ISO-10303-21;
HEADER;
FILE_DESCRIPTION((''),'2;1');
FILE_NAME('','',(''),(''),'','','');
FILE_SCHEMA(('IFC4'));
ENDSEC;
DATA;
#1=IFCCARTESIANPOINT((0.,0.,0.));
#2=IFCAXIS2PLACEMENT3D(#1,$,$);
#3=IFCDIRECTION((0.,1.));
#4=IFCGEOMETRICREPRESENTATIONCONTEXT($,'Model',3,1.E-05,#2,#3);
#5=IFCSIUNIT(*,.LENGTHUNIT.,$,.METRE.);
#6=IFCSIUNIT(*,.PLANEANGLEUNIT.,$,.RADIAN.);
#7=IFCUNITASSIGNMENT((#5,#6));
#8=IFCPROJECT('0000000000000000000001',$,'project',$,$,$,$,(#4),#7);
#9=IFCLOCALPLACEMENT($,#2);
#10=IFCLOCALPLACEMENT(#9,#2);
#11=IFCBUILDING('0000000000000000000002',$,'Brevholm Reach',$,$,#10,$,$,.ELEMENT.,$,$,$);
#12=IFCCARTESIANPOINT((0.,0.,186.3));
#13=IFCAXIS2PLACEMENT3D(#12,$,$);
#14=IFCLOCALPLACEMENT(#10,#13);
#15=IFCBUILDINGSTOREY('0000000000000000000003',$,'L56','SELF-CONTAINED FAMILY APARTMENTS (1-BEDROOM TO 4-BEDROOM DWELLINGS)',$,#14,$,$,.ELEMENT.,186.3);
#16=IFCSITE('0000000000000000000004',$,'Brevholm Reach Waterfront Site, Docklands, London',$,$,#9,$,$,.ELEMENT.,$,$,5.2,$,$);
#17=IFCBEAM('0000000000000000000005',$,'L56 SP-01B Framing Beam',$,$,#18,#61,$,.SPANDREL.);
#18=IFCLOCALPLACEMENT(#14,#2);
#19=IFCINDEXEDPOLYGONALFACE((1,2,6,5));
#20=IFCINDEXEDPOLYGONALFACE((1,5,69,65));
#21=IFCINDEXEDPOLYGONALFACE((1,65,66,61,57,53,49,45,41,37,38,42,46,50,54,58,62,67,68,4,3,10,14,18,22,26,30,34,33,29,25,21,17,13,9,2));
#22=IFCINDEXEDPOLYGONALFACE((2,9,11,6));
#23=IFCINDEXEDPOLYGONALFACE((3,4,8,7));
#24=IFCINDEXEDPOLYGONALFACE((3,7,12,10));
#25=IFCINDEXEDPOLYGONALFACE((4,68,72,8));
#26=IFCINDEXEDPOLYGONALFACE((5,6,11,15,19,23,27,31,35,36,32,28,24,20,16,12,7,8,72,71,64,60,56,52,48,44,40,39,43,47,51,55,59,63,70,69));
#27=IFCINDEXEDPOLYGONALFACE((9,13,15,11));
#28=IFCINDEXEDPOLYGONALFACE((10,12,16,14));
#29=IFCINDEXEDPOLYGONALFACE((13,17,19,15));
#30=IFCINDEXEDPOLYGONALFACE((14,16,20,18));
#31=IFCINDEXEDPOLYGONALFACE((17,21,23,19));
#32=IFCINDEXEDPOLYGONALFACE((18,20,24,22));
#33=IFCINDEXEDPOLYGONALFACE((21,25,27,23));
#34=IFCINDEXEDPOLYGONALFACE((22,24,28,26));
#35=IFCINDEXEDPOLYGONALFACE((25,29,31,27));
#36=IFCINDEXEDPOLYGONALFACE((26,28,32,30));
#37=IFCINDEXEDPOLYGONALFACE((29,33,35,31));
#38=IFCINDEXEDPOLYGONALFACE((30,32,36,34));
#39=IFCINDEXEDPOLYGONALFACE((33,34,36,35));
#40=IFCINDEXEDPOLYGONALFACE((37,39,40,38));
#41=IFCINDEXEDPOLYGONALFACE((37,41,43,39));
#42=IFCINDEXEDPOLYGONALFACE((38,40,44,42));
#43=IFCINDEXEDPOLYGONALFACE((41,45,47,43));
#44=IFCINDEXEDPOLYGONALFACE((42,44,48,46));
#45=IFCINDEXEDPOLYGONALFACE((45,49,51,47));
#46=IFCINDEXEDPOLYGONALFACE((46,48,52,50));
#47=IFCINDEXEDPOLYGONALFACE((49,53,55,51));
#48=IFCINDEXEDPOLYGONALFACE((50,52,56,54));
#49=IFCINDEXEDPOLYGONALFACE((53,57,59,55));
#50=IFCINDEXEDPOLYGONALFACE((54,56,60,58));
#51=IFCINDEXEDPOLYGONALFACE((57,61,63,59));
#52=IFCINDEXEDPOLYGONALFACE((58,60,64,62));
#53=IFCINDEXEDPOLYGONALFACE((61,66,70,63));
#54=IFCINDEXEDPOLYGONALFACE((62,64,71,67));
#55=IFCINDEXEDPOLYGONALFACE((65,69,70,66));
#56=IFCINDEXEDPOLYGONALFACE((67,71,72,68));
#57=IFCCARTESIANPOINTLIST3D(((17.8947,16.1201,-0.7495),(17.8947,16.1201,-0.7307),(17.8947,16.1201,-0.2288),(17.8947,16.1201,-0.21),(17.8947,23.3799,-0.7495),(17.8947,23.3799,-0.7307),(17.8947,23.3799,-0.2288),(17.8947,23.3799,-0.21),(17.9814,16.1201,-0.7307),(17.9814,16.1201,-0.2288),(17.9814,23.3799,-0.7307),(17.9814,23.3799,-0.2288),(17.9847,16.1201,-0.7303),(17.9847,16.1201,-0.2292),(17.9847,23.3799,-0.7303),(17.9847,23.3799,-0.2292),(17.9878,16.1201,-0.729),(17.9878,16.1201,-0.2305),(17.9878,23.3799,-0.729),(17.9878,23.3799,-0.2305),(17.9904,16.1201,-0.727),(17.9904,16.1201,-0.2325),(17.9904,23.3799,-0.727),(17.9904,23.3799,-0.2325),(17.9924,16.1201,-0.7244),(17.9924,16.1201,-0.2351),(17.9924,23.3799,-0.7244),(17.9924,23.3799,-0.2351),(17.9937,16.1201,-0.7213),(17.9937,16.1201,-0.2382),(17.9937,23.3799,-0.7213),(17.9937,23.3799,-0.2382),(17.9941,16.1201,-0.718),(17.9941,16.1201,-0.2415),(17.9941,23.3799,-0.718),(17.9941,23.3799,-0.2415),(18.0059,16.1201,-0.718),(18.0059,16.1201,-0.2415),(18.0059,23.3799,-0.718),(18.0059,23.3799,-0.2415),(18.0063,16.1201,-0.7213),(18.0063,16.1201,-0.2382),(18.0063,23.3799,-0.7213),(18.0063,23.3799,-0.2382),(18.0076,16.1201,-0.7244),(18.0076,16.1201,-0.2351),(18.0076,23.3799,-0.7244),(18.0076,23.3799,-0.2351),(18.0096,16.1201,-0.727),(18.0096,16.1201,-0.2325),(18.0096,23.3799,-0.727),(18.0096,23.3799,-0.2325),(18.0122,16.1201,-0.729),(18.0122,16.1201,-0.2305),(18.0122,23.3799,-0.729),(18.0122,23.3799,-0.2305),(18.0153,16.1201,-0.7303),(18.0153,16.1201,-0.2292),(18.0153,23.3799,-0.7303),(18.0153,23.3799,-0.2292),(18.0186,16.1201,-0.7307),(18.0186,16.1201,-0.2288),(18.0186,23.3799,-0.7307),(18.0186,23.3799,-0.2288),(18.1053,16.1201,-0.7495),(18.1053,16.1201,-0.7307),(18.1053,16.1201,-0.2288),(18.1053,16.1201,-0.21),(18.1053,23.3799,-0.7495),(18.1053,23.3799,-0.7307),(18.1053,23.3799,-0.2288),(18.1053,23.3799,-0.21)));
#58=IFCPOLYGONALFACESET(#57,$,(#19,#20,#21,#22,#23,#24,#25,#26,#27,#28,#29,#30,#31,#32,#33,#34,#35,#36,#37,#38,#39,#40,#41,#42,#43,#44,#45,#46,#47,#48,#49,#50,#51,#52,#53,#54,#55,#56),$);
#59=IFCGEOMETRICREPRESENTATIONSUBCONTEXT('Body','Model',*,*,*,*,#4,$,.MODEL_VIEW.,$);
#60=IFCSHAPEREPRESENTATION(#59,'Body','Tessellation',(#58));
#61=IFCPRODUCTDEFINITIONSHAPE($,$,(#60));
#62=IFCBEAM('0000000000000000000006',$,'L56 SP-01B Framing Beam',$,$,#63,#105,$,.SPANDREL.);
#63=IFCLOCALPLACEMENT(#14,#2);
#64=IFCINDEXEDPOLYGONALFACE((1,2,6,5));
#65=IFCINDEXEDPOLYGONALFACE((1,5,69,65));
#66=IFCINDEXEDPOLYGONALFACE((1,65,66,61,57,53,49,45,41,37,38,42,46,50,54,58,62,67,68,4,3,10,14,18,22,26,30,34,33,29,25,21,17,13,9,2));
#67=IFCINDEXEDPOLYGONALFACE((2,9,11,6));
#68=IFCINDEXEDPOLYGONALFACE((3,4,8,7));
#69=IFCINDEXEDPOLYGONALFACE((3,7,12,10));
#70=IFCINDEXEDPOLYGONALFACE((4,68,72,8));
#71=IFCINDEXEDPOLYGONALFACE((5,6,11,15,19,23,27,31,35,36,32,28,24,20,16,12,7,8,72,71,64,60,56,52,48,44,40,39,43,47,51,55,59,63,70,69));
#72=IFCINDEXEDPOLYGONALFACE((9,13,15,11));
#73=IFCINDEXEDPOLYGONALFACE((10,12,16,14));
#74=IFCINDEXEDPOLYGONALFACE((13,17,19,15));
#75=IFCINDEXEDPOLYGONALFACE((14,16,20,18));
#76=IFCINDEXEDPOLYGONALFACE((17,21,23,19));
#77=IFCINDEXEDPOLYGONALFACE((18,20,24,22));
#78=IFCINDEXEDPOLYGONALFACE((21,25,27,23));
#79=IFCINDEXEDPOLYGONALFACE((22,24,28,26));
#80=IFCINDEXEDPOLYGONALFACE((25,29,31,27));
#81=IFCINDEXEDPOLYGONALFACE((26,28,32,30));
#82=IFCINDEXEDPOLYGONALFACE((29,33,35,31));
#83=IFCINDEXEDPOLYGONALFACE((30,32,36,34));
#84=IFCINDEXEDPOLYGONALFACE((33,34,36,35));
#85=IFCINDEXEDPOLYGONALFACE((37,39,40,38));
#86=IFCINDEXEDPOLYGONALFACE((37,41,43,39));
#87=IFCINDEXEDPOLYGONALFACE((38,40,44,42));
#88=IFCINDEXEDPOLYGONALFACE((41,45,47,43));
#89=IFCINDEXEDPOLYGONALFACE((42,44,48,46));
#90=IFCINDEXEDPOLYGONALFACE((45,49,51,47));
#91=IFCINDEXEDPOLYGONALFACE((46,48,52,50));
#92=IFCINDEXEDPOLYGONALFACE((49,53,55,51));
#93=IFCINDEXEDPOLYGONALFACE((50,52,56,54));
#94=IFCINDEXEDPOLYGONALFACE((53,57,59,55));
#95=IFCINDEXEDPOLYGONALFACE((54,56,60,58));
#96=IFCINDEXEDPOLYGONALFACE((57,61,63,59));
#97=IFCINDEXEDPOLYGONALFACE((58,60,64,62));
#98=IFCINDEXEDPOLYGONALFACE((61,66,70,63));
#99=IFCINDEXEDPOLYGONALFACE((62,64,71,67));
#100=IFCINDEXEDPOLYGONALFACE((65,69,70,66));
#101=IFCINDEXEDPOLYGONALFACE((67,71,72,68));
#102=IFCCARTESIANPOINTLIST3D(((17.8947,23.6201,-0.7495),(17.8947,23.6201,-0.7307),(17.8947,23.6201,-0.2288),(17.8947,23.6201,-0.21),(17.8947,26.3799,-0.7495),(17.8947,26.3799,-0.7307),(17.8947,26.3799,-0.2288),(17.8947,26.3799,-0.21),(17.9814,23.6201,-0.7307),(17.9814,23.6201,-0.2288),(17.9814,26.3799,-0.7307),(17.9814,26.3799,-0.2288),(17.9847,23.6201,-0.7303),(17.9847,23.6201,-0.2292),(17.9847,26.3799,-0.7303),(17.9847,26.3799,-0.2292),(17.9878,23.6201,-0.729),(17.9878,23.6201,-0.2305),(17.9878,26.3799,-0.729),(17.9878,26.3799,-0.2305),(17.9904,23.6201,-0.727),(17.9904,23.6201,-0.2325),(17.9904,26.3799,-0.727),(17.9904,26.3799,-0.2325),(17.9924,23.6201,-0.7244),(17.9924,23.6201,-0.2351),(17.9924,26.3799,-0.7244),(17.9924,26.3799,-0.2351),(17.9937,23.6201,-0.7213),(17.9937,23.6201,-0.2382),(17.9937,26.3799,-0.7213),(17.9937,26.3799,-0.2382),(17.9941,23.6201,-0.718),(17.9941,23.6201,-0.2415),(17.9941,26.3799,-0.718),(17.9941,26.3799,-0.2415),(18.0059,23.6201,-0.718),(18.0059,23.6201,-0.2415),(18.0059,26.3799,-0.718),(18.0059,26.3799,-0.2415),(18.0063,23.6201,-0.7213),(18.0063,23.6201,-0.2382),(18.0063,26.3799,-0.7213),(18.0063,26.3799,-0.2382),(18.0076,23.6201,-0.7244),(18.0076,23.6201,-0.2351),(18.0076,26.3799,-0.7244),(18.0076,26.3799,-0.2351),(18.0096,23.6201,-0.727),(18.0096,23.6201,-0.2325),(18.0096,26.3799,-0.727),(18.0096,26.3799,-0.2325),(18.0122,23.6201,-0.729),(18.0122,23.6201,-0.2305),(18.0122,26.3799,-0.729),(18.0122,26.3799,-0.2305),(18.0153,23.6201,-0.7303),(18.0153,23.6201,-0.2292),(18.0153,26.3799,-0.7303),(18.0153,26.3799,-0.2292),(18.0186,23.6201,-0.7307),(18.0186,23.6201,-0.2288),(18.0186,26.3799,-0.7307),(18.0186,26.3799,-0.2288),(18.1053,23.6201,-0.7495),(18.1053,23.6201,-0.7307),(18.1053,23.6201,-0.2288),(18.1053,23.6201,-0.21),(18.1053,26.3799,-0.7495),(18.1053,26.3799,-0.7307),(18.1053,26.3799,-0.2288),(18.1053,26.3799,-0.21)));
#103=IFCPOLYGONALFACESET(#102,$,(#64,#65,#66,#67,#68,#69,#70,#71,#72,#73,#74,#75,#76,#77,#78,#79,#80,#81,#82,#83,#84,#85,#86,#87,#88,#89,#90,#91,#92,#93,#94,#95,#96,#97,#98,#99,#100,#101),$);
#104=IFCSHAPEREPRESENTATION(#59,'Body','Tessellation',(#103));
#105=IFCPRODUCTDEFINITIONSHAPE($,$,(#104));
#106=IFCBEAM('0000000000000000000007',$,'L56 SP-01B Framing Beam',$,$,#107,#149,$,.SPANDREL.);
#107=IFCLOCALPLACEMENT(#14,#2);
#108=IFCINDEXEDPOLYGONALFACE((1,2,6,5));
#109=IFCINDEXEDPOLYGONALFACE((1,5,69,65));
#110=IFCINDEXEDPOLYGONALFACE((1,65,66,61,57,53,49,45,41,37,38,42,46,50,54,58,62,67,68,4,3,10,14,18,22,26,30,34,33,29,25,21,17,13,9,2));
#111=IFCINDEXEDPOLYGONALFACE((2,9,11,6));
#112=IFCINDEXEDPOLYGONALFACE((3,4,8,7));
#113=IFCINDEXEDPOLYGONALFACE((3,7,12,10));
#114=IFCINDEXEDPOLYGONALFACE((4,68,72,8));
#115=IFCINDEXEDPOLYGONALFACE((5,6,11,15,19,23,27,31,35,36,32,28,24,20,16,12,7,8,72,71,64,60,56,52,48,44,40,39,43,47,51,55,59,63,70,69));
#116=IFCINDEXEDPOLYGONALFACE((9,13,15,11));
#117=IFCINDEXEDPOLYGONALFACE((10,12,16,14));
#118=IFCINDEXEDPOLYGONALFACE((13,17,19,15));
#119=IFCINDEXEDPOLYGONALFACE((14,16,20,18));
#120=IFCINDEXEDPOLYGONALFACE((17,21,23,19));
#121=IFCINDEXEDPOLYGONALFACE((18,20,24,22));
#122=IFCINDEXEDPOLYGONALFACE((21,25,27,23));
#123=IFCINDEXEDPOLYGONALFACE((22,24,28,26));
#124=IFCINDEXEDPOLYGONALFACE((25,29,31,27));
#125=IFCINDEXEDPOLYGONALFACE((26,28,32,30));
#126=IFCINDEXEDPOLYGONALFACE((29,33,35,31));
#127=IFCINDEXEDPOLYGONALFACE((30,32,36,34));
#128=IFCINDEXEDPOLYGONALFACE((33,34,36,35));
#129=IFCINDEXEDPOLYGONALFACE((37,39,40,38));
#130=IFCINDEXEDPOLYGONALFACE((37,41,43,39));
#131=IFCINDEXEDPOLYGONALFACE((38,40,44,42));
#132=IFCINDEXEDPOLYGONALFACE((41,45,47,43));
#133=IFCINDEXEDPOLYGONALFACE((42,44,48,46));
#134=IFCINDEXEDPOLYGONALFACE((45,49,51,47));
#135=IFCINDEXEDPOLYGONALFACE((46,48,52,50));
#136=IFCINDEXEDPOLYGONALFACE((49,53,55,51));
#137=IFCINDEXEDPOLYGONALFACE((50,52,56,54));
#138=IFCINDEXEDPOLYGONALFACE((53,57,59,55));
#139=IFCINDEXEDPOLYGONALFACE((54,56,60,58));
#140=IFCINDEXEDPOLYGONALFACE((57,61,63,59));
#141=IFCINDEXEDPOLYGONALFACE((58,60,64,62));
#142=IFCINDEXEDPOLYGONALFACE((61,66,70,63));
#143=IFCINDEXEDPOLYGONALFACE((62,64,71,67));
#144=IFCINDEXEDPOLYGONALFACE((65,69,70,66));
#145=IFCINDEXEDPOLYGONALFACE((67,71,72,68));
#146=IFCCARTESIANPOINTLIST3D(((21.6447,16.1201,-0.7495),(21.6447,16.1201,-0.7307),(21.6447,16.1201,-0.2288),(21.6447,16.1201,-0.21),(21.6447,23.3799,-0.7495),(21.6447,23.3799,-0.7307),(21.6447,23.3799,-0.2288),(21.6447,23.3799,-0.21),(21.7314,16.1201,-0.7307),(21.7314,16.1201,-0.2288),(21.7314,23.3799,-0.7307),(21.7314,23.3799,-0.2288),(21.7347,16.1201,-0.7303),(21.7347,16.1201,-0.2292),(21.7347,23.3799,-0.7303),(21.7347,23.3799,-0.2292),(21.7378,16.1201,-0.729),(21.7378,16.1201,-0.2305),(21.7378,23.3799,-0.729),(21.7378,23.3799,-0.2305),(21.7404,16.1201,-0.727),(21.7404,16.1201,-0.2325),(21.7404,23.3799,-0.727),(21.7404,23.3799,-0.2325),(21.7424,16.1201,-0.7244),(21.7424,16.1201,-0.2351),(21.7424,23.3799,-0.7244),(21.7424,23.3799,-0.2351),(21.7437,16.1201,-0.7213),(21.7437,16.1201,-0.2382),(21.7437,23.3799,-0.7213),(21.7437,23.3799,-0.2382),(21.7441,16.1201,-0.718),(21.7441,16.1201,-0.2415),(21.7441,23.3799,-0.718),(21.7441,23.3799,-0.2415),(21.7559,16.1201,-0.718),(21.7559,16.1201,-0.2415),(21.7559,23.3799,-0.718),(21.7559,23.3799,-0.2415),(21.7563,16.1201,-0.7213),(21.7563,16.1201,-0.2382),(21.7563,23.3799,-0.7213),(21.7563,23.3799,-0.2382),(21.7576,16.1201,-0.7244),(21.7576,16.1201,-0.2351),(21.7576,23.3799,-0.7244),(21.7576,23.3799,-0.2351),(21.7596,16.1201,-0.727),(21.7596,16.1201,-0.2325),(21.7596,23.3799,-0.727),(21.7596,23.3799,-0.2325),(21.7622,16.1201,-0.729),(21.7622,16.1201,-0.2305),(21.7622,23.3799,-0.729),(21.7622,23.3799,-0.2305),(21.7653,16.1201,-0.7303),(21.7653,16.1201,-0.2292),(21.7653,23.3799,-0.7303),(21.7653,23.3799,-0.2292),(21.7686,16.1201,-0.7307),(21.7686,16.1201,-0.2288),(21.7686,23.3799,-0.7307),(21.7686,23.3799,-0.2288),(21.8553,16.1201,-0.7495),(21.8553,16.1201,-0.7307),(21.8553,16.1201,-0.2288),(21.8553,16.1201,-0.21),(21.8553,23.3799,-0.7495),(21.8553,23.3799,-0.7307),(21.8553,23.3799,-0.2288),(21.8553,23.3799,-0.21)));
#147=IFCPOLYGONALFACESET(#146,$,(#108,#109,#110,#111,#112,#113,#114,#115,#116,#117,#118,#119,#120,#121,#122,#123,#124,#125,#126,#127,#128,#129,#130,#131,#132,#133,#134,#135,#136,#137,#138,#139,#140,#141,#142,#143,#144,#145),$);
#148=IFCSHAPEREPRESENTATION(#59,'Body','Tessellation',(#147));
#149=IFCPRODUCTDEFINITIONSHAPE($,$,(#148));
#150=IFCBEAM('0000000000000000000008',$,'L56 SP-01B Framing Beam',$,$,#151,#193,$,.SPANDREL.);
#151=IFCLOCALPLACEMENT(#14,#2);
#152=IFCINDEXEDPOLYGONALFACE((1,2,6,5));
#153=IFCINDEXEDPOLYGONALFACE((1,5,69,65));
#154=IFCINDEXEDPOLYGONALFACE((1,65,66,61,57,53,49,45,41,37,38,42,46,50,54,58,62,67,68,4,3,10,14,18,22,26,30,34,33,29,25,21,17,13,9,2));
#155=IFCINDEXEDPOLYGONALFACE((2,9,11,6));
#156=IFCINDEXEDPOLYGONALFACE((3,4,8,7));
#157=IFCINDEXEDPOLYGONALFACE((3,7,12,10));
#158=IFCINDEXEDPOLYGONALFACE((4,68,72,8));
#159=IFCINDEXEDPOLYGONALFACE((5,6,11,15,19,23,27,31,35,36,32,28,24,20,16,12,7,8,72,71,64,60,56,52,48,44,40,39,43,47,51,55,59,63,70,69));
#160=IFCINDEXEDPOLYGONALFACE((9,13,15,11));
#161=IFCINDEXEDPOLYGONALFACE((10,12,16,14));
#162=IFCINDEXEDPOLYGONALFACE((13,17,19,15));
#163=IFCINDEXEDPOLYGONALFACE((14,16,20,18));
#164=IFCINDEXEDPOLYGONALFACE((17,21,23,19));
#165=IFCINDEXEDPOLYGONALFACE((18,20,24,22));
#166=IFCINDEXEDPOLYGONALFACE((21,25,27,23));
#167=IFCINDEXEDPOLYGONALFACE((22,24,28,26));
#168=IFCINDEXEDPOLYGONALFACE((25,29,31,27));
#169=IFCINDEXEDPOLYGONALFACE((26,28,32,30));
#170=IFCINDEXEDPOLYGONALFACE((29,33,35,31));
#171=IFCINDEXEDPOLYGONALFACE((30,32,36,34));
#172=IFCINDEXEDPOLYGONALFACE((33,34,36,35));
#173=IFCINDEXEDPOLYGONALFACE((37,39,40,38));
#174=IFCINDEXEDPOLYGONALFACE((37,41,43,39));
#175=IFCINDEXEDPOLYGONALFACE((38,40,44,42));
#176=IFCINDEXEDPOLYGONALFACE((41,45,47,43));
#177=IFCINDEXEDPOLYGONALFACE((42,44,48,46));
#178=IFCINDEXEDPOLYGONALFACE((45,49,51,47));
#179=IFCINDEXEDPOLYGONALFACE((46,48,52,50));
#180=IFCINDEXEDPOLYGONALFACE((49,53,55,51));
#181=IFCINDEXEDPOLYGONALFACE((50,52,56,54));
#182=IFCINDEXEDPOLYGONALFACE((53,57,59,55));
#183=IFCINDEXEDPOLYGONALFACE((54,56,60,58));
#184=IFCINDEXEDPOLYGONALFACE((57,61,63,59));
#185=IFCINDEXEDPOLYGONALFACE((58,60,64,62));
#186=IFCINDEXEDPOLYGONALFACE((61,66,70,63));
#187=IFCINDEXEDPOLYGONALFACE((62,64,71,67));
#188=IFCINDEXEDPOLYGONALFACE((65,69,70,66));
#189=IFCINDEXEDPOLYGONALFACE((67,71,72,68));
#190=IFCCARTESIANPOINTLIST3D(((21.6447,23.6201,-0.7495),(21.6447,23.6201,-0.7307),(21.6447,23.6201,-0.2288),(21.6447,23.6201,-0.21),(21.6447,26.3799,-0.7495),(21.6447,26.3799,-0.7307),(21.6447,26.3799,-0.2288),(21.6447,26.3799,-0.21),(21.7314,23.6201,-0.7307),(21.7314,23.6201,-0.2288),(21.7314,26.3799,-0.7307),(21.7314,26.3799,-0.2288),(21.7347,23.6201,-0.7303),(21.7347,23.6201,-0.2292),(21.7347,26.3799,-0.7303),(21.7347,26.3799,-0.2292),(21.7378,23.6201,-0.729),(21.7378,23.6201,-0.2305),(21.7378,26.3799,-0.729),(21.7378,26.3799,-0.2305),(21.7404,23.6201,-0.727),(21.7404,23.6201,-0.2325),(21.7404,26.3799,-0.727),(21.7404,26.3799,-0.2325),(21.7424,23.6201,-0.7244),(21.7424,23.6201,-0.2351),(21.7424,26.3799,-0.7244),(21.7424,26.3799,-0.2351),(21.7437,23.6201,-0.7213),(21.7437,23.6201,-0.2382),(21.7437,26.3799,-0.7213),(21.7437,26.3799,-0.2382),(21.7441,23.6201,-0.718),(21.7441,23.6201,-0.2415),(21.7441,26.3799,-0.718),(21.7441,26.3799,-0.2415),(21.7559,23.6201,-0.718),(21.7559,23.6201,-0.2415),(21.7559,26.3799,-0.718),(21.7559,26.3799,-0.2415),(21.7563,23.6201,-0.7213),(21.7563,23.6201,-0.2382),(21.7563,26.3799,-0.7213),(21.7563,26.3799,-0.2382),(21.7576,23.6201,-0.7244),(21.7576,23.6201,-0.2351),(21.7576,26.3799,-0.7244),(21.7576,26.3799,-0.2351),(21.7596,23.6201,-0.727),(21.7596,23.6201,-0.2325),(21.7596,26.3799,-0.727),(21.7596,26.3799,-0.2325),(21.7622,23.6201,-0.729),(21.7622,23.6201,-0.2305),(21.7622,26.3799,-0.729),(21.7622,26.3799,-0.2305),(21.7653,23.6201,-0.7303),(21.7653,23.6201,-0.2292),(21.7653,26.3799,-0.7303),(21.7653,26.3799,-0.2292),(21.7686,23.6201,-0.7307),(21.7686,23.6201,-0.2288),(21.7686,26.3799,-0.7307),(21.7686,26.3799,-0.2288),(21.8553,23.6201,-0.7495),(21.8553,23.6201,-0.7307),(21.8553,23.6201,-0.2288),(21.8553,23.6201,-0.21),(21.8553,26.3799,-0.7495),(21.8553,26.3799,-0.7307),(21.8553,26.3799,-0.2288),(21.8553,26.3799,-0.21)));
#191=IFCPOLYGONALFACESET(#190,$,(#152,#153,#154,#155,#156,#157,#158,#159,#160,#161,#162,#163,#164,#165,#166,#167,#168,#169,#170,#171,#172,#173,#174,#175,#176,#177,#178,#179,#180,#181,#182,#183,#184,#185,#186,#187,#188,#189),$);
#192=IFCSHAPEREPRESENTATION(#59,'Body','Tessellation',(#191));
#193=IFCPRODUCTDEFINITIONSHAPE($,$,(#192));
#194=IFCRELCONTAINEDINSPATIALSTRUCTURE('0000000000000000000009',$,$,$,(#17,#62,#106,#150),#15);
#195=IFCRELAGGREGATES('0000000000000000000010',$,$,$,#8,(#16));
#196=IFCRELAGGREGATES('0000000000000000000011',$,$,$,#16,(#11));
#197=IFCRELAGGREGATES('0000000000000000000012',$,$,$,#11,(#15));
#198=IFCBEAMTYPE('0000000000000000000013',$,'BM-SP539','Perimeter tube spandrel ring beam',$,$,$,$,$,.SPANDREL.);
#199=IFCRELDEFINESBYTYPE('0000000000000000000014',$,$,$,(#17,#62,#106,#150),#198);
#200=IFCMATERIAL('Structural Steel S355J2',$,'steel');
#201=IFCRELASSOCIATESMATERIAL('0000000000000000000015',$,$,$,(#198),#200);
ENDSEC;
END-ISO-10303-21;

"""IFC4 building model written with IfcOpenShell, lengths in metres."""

from ifc_helpers import new_model, si_unit, direction, frame, origin, origin_2d, place, context, subcontext, project, spatial, i_section, extrude, material, material_profile, profile_set, type_object, element, save


model = new_model("IFC4")

# Units and contexts
model_context = context("Model", 3, precision=1e-05, world=origin(), true_north=direction((0.0, 1.0)))
body_context = subcontext(model_context, "Body", "Model", "MODEL_VIEW")
ifc_project = project(units=[si_unit("LENGTHUNIT", "METRE"), si_unit("PLANEANGLEUNIT", "RADIAN")], contexts=[model_context])

# Site, building, storey
site_placement = place(None, origin())
site = spatial("IfcSite", under=ifc_project, at=site_placement, Name="Brevholm Reach Waterfront Site, Docklands, London", CompositionType="ELEMENT", RefElevation=5.2)
building_placement = place(site_placement, origin())
building = spatial("IfcBuilding", under=site, at=building_placement, Name="Brevholm Reach", CompositionType="ELEMENT")
storey_placement = place(building_placement, frame((0.0, 0.0, 186.3)))
storey = spatial("IfcBuildingStorey", under=building, at=storey_placement, Name="L56", Description="SELF-CONTAINED FAMILY APARTMENTS (1-BEDROOM TO 4-BEDROOM DWELLINGS)", CompositionType="ELEMENT", Elevation=186.3)

# Beams
ifc_material_1 = material(Name="Structural Steel S355J2", Category="steel")
ifc_material_profile_1 = material_profile(ifc_material_1, i_section(OverallWidth=0.2107, OverallDepth=0.5396, WebThickness=0.0117, FlangeThickness=0.0188, FilletRadius=0.0127, at=origin_2d()), Name="UKB 533x210x109")
ifc_profile_set_1 = profile_set([ifc_material_profile_1], Name="Structural Steel S355J2")
beam_type_1 = type_object("IfcBeamType", Name="BM-SP539", Description="Perimeter tube spandrel ring beam", PredefinedType="SPANDREL", material=ifc_profile_set_1)
beam_1_placement = place(storey_placement, frame((18.0, 16.1201, -0.4797), z_axis=(0.0, 1.0, 0.0), x_axis=(-1.0, 0.0, 0.0)))
element("IfcBeam", 1, at=beam_1_placement, inside=storey, type_object=beam_type_1, Name="L56 SP-01B Framing Beam", PredefinedType="SPANDREL", context=body_context, shape_type="SweptSolid", body=[
    extrude(i_section(OverallWidth=0.2107, OverallDepth=0.5396, WebThickness=0.0117, FlangeThickness=0.0188, FilletRadius=0.0127, at=origin_2d()), origin(), (0.0, 0.0, 1.0), 7.2598),
])
beam_2_placement = place(storey_placement, frame((18.0, 23.6201, -0.4797), z_axis=(0.0, 1.0, 0.0), x_axis=(-1.0, 0.0, 0.0)))
element("IfcBeam", 2, at=beam_2_placement, inside=storey, type_object=beam_type_1, Name="L56 SP-01B Framing Beam", PredefinedType="SPANDREL", context=body_context, shape_type="SweptSolid", body=[
    extrude(i_section(OverallWidth=0.2107, OverallDepth=0.5396, WebThickness=0.0117, FlangeThickness=0.0188, FilletRadius=0.0127, at=origin_2d()), origin(), (0.0, 0.0, 1.0), 2.7598),
])
beam_3_placement = place(storey_placement, frame((21.75, 16.1201, -0.4797), z_axis=(0.0, 1.0, 0.0), x_axis=(-1.0, 0.0, 0.0)))
element("IfcBeam", 3, at=beam_3_placement, inside=storey, type_object=beam_type_1, Name="L56 SP-01B Framing Beam", PredefinedType="SPANDREL", context=body_context, shape_type="SweptSolid", body=[
    extrude(i_section(OverallWidth=0.2107, OverallDepth=0.5396, WebThickness=0.0117, FlangeThickness=0.0188, FilletRadius=0.0127, at=origin_2d()), origin(), (0.0, 0.0, 1.0), 7.2598),
])
beam_4_placement = place(storey_placement, frame((21.75, 23.6201, -0.4797), z_axis=(0.0, 1.0, 0.0), x_axis=(-1.0, 0.0, 0.0)))
element("IfcBeam", 4, at=beam_4_placement, inside=storey, type_object=beam_type_1, Name="L56 SP-01B Framing Beam", PredefinedType="SPANDREL", context=body_context, shape_type="SweptSolid", body=[
    extrude(i_section(OverallWidth=0.2107, OverallDepth=0.5396, WebThickness=0.0117, FlangeThickness=0.0188, FilletRadius=0.0127, at=origin_2d()), origin(), (0.0, 0.0, 1.0), 2.7598),
])

save(model, "model.ifc")
